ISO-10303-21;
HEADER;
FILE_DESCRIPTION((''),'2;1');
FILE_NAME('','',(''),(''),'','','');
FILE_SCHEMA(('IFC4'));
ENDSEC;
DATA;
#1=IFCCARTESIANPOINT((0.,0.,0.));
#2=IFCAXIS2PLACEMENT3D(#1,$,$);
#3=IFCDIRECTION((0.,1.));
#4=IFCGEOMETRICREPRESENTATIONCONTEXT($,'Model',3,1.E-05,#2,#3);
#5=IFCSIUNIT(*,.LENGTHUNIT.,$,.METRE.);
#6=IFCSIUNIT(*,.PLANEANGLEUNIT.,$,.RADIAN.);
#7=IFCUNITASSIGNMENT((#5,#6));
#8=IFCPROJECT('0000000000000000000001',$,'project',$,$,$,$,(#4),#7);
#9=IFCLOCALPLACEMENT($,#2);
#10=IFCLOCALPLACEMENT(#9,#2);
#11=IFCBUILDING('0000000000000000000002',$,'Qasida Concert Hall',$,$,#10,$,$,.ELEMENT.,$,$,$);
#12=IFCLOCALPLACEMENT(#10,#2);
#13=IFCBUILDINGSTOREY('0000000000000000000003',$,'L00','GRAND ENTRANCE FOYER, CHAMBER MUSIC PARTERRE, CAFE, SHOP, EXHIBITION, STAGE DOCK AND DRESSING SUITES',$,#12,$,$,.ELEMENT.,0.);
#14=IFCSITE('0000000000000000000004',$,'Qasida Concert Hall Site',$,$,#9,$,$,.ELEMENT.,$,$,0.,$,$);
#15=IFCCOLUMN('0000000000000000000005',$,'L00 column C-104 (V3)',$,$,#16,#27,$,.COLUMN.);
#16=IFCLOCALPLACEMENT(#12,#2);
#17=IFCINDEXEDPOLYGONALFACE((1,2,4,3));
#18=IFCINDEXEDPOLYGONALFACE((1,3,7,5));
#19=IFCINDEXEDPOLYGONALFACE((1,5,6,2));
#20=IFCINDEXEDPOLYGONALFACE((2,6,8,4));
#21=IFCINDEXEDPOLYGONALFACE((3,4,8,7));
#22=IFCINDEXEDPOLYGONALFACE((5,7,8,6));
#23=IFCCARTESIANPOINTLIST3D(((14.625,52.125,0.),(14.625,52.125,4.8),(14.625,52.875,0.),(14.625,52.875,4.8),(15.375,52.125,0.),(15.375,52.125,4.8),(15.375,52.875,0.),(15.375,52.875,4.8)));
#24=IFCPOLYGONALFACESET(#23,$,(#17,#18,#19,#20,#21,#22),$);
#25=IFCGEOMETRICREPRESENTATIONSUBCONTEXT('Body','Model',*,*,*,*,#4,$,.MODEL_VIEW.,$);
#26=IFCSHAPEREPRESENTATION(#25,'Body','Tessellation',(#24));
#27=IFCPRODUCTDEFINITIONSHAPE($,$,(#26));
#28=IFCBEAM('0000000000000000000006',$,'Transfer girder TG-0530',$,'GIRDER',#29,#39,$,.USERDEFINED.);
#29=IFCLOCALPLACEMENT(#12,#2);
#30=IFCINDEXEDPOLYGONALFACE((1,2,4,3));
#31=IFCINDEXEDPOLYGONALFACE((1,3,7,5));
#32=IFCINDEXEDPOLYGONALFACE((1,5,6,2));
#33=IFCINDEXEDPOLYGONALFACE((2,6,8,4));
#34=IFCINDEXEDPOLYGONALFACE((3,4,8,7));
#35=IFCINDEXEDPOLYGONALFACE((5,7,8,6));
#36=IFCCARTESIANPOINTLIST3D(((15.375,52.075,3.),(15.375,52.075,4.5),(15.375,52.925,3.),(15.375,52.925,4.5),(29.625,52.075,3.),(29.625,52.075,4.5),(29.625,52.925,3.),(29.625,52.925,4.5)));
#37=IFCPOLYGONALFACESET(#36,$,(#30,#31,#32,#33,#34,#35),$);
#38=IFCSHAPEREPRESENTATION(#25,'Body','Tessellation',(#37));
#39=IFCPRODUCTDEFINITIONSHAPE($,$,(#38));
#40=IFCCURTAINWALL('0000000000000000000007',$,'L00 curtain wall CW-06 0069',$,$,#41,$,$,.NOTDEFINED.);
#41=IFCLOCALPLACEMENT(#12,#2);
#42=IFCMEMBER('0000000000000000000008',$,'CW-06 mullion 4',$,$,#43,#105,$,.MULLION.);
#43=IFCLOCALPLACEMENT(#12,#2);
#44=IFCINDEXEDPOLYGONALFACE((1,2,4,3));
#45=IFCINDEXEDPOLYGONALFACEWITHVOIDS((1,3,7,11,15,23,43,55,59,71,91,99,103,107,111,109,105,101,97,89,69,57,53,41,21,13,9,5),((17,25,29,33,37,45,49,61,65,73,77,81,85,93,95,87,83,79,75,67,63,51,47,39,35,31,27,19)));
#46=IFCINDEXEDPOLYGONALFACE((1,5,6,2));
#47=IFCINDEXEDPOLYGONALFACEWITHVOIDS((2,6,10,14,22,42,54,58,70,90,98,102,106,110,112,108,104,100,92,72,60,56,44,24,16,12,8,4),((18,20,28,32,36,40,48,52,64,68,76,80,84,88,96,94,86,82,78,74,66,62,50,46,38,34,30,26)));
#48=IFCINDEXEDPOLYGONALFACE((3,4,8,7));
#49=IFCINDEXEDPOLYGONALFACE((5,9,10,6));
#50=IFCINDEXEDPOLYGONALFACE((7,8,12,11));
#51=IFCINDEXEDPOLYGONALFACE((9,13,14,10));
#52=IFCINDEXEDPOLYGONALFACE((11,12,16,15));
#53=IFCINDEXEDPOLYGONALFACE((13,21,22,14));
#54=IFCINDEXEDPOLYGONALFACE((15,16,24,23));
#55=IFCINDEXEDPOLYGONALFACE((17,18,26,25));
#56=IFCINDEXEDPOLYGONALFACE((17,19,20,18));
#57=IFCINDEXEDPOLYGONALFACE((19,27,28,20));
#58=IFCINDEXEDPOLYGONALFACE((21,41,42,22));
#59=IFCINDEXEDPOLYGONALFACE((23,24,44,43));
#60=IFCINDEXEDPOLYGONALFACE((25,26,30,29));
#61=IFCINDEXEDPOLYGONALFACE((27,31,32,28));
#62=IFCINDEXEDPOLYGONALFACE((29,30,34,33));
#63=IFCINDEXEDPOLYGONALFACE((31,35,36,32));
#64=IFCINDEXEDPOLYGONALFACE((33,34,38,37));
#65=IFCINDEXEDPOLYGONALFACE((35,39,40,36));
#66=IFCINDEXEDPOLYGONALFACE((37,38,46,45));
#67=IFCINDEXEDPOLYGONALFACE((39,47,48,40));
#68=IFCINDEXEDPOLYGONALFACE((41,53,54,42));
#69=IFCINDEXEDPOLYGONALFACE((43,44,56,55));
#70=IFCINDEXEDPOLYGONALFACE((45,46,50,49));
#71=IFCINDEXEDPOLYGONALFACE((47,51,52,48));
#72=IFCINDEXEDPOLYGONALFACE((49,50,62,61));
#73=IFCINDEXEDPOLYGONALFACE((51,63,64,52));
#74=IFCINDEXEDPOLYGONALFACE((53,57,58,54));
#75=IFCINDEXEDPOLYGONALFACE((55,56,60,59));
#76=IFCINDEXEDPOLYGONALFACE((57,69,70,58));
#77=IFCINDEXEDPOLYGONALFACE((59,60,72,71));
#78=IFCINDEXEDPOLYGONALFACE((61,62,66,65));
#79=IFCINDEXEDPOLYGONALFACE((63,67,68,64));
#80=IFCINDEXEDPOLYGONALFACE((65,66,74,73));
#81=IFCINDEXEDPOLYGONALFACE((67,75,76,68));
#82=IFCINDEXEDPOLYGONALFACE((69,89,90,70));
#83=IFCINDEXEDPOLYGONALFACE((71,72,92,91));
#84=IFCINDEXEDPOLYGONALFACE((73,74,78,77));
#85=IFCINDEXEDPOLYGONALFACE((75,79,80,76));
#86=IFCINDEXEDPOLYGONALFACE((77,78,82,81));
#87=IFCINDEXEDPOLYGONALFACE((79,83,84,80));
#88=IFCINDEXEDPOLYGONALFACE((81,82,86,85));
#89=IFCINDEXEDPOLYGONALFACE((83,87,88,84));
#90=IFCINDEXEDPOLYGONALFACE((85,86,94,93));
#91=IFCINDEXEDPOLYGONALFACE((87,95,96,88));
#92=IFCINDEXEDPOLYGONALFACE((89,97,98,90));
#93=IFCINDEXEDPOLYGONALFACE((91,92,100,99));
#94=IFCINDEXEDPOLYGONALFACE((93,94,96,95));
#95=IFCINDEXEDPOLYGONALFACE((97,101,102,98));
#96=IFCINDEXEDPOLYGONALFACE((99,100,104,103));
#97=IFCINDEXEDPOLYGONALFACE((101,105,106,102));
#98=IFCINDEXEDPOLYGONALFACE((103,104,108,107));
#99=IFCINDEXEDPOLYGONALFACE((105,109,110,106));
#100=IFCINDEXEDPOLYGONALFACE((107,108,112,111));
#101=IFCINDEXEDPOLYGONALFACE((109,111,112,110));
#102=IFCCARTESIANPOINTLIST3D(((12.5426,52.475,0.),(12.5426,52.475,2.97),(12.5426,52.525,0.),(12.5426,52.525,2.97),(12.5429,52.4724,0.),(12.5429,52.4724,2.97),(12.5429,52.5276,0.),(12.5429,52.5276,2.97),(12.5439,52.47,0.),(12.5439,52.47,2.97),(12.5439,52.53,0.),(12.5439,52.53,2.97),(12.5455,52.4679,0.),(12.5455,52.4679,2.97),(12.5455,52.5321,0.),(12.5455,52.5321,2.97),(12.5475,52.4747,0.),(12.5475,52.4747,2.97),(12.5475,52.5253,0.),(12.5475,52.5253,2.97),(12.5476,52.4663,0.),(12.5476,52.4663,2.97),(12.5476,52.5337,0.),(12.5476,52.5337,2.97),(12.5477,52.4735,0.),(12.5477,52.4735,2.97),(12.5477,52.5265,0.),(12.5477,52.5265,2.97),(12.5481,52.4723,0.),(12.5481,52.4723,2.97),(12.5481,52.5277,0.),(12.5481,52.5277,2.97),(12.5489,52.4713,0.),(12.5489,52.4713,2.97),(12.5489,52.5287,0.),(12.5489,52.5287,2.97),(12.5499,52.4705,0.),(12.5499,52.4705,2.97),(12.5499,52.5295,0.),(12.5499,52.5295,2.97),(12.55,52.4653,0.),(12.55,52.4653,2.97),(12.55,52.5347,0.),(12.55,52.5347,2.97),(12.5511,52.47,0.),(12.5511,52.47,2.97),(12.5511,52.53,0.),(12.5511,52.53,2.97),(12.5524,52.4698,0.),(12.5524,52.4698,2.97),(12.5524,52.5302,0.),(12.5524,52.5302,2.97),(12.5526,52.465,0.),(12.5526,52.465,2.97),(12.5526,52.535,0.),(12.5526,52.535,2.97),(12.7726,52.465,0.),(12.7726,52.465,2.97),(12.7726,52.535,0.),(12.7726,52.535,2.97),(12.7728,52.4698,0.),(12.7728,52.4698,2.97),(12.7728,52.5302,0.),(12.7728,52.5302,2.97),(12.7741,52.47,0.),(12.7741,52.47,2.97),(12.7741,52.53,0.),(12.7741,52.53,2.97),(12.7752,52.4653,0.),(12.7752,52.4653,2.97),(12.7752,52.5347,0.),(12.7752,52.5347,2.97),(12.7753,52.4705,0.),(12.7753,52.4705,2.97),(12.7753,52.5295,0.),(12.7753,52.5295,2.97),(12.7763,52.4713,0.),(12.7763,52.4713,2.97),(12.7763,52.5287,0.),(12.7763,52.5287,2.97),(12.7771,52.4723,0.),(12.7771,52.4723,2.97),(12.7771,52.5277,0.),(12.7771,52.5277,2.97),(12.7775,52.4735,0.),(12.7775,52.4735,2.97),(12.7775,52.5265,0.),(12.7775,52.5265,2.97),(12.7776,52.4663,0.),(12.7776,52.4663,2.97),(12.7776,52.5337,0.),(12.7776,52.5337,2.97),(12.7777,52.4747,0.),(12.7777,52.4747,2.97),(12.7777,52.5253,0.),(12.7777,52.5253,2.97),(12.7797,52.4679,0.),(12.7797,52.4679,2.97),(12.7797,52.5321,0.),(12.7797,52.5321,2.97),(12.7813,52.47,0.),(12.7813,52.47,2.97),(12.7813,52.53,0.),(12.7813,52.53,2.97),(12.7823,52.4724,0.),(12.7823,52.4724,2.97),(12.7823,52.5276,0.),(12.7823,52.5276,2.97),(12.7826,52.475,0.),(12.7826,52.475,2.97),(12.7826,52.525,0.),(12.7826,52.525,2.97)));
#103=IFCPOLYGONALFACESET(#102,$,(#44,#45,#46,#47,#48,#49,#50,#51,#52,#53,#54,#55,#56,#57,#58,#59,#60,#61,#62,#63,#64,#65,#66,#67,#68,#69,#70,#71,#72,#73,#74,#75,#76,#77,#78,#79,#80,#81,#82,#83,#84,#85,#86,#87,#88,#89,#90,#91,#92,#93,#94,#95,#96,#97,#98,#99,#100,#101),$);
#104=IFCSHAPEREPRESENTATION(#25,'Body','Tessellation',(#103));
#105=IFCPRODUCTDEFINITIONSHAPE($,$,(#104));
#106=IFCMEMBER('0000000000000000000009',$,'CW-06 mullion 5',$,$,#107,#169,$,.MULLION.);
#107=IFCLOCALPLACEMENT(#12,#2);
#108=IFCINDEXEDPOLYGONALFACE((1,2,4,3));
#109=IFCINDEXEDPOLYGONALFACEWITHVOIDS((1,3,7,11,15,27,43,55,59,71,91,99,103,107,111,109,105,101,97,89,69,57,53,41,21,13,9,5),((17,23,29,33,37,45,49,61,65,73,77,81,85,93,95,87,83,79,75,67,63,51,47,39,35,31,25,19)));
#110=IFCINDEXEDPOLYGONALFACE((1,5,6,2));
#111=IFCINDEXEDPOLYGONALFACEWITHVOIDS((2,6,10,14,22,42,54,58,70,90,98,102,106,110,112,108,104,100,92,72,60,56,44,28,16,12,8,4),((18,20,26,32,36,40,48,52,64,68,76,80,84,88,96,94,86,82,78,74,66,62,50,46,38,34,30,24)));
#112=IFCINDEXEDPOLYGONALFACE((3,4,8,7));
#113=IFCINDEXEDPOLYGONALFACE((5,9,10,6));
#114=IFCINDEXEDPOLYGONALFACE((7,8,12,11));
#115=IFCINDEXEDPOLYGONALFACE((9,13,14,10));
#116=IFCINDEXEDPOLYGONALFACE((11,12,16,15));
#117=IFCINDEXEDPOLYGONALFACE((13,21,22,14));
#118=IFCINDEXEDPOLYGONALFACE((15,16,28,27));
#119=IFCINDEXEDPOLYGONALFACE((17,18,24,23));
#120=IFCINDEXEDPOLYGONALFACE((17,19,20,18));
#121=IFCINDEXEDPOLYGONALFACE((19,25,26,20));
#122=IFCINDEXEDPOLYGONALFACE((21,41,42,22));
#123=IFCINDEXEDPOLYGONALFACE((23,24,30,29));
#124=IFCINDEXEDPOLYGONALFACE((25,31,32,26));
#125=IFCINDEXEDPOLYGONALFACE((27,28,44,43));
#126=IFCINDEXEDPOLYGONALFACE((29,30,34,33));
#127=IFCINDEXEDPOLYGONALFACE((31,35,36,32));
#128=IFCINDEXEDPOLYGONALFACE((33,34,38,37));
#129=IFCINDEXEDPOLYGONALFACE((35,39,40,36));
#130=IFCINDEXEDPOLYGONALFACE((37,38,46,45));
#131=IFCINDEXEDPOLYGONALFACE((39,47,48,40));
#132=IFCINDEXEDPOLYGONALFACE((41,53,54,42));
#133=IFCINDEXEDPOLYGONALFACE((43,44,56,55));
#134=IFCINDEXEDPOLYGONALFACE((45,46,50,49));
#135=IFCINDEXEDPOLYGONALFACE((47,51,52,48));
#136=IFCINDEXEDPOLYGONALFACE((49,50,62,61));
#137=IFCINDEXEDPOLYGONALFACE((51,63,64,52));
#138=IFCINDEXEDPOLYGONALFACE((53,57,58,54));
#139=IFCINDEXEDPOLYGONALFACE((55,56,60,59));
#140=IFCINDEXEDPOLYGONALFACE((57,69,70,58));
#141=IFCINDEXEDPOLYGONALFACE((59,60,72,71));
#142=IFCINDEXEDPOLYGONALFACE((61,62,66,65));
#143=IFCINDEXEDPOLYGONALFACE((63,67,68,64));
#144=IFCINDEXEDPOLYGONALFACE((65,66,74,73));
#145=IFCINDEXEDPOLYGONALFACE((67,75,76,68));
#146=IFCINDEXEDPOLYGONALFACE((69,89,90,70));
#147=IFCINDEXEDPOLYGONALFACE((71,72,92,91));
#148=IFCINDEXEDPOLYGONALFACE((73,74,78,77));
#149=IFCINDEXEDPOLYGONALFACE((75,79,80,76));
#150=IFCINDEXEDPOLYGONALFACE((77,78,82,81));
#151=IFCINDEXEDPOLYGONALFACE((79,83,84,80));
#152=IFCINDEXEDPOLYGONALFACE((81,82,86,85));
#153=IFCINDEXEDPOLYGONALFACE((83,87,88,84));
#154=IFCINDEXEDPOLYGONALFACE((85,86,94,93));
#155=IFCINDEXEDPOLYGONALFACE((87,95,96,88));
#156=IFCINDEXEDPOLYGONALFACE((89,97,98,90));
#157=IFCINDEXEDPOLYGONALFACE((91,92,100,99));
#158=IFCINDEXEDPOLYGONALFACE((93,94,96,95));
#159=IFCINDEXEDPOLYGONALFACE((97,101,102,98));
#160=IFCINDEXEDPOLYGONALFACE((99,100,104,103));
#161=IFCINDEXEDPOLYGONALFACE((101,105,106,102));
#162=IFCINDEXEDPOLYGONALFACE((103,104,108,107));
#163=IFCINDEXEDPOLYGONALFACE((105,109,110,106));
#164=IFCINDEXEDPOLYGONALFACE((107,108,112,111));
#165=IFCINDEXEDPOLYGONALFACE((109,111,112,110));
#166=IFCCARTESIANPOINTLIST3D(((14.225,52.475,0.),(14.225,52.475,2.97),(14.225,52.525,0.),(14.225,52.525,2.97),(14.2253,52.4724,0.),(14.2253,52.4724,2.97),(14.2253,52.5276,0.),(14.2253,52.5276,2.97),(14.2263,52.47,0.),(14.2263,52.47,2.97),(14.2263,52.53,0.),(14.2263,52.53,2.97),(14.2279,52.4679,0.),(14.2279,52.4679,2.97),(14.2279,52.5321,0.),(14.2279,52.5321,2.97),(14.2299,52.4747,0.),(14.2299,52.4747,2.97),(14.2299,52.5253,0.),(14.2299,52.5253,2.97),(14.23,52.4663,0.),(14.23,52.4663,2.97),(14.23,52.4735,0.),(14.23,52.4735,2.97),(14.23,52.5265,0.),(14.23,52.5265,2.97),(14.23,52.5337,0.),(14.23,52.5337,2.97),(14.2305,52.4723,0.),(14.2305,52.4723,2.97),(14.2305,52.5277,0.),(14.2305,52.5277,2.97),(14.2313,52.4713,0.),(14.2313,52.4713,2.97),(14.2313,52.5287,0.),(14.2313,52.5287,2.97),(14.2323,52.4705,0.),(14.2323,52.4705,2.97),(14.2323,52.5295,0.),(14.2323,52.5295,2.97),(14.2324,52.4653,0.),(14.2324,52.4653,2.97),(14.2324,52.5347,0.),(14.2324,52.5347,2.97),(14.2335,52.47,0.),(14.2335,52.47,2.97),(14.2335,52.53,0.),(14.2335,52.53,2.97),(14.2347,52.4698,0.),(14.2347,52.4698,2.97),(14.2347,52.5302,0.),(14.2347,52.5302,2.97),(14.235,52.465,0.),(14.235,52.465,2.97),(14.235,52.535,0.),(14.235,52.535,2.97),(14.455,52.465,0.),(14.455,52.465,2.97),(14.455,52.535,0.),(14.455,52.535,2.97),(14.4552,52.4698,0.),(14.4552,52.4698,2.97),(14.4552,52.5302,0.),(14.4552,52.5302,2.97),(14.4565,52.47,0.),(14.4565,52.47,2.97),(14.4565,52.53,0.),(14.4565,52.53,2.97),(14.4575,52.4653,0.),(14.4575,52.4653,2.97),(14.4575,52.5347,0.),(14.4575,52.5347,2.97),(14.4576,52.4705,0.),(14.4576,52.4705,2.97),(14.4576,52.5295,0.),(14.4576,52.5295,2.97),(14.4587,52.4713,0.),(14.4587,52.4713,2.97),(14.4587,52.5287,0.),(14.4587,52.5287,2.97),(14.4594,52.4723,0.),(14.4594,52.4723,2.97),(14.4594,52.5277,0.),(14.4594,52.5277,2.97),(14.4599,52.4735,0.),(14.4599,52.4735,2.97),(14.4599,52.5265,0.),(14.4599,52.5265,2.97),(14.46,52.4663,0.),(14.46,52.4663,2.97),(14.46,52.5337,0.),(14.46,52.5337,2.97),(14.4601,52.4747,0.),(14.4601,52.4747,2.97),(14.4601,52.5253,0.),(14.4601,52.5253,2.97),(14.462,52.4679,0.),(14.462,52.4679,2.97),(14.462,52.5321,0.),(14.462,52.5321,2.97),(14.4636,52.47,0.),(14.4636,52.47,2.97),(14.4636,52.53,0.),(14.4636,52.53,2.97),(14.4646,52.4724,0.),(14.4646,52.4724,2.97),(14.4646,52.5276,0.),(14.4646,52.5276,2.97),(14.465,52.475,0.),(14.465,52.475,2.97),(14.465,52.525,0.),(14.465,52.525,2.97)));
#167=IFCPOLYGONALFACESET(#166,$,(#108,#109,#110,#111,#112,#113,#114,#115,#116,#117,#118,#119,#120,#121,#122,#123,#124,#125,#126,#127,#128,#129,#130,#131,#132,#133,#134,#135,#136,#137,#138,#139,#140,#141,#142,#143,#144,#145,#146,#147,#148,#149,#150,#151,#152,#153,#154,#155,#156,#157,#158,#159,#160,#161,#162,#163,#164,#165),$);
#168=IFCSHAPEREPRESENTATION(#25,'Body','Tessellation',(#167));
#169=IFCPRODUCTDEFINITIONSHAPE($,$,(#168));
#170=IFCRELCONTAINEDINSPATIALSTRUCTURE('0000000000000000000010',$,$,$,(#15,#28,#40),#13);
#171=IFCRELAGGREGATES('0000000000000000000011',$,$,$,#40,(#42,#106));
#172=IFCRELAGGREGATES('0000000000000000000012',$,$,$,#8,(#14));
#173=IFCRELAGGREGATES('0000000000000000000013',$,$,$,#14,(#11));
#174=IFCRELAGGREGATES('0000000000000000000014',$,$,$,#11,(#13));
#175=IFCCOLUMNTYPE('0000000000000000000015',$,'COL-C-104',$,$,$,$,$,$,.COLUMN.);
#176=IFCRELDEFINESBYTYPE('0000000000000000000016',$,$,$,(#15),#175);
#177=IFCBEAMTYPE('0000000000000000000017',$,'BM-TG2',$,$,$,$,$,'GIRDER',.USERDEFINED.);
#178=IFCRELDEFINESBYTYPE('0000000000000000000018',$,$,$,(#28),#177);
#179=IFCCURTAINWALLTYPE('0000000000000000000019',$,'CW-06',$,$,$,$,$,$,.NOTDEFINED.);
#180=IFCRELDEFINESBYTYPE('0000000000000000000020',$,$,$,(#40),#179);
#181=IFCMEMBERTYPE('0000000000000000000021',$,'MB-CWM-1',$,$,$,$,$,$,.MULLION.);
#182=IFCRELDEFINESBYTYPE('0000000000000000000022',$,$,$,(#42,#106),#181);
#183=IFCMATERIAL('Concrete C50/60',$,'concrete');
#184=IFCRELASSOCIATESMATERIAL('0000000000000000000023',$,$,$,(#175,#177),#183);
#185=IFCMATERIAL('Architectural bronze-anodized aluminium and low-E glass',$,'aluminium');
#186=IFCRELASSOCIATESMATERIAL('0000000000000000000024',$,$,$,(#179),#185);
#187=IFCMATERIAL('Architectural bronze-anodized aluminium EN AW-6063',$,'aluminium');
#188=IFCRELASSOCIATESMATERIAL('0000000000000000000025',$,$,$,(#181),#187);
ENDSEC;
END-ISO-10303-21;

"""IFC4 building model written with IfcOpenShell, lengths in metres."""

from ifc_helpers import new_model, si_unit, direction, frame, origin, origin_2d, place, context, subcontext, project, spatial, rectangle, hollow_rectangle, extrude, material, material_profile, profile_set, type_object, element, aggregate, save


model = new_model("IFC4")

# Units and contexts
model_context = context("Model", 3, precision=1e-05, world=origin(), true_north=direction((0.0, 1.0)))
body_context = subcontext(model_context, "Body", "Model", "MODEL_VIEW")
ifc_project = project(units=[si_unit("LENGTHUNIT", "METRE"), si_unit("PLANEANGLEUNIT", "RADIAN")], contexts=[model_context])

# Site, building, storey
site_placement = place(None, origin())
site = spatial("IfcSite", under=ifc_project, at=site_placement, Name="Qasida Concert Hall Site", CompositionType="ELEMENT", RefElevation=0.0)
building_placement = place(site_placement, origin())
building = spatial("IfcBuilding", under=site, at=building_placement, Name="Qasida Concert Hall", CompositionType="ELEMENT")
storey_placement = place(building_placement, origin())
storey = spatial("IfcBuildingStorey", under=building, at=storey_placement, Name="L00", Description="GRAND ENTRANCE FOYER, CHAMBER MUSIC PARTERRE, CAFE, SHOP, EXHIBITION, STAGE DOCK AND DRESSING SUITES", CompositionType="ELEMENT", Elevation=0.0)

# Column
ifc_material_1 = material(Name="Concrete C50/60", Category="concrete")
ifc_material_profile_1 = material_profile(ifc_material_1, rectangle(XDim=0.75, YDim=0.75, at=origin_2d()), Name="RC 750x750")
ifc_profile_set_1 = profile_set([ifc_material_profile_1], Name="Concrete C50/60")
column_type = type_object("IfcColumnType", Name="COL-C-104", PredefinedType="COLUMN", material=ifc_profile_set_1)
column_placement = place(storey_placement, frame((15.0, 52.5, 0.0), z_axis=(0.0, 0.0, 1.0), x_axis=(1.0, 0.0, 0.0)))
element("IfcColumn", 1, at=column_placement, inside=storey, type_object=column_type, Name="L00 column C-104 (V3)", PredefinedType="COLUMN", context=body_context, shape_type="SweptSolid", body=[
    extrude(rectangle(XDim=0.75, YDim=0.75, at=origin_2d()), origin(), (0.0, 0.0, 1.0), 4.8),
])

# Beam
ifc_material_profile_2 = material_profile(ifc_material_1, rectangle(XDim=0.8501, YDim=1.5, at=origin_2d()), Name="RC 850x1500")
ifc_profile_set_2 = profile_set([ifc_material_profile_2], Name="Concrete C50/60")
beam_type = type_object("IfcBeamType", Name="BM-TG2", ElementType="GIRDER", PredefinedType="USERDEFINED", material=ifc_profile_set_2)
beam_placement = place(storey_placement, frame((15.375, 52.5, 3.75), z_axis=(1.0, 0.0, 0.0), x_axis=(0.0, 1.0, 0.0)))
element("IfcBeam", 2, at=beam_placement, inside=storey, type_object=beam_type, Name="Transfer girder TG-0530", ObjectType="GIRDER", PredefinedType="USERDEFINED", context=body_context, shape_type="SweptSolid", body=[
    extrude(rectangle(XDim=0.8501, YDim=1.5, at=origin_2d()), origin(), (0.0, 0.0, 1.0), 14.25),
])

# Curtain wall, members
ifc_material_2 = material(Name="Architectural bronze-anodized aluminium and low-E glass", Category="aluminium")
curtain_wall_type = type_object("IfcCurtainWallType", Name="CW-06", PredefinedType="NOTDEFINED", material=ifc_material_2)
curtain_wall_1_placement = place(storey_placement, origin())
curtain_wall_1 = element("IfcCurtainWall", 3, at=curtain_wall_1_placement, inside=storey, type_object=curtain_wall_type, Name="L00 curtain wall CW-06 0069", PredefinedType="NOTDEFINED")
ifc_material_3 = material(Name="Architectural bronze-anodized aluminium EN AW-6063", Category="aluminium")
ifc_material_profile_3 = material_profile(ifc_material_3, hollow_rectangle(XDim=0.0701, YDim=0.24, WallThickness=0.0049, InnerFilletRadius=0.0049, OuterFilletRadius=0.01, at=origin_2d()), Name="CWM 240x70x5")
ifc_profile_set_3 = profile_set([ifc_material_profile_3], Name="Architectural bronze-anodized aluminium EN AW-6063")
member_type_1 = type_object("IfcMemberType", Name="MB-CWM-1", PredefinedType="MULLION", material=ifc_profile_set_3)
member_1_placement = place(storey_placement, frame((12.6626, 52.5, 0.0), z_axis=(0.0, 0.0, 1.0), x_axis=(0.0, 1.0, 0.0)))
member_1 = element("IfcMember", 4, at=member_1_placement, type_object=member_type_1, Name="CW-06 mullion 4", PredefinedType="MULLION", context=body_context, shape_type="SweptSolid", body=[
    extrude(hollow_rectangle(XDim=0.0701, YDim=0.24, WallThickness=0.0049, InnerFilletRadius=0.0049, OuterFilletRadius=0.01, at=origin_2d()), origin(), (0.0, 0.0, 1.0), 2.97),
])
member_2_placement = place(storey_placement, frame((14.345, 52.5, 0.0), z_axis=(0.0, 0.0, 1.0), x_axis=(0.0, 1.0, 0.0)))
member_2 = element("IfcMember", 5, at=member_2_placement, type_object=member_type_1, Name="CW-06 mullion 5", PredefinedType="MULLION", context=body_context, shape_type="SweptSolid", body=[
    extrude(hollow_rectangle(XDim=0.0701, YDim=0.24, WallThickness=0.0049, InnerFilletRadius=0.0049, OuterFilletRadius=0.01, at=origin_2d()), origin(), (0.0, 0.0, 1.0), 2.97),
])

aggregate(curtain_wall_1, [member_1, member_2])

save(model, "model.ifc")
